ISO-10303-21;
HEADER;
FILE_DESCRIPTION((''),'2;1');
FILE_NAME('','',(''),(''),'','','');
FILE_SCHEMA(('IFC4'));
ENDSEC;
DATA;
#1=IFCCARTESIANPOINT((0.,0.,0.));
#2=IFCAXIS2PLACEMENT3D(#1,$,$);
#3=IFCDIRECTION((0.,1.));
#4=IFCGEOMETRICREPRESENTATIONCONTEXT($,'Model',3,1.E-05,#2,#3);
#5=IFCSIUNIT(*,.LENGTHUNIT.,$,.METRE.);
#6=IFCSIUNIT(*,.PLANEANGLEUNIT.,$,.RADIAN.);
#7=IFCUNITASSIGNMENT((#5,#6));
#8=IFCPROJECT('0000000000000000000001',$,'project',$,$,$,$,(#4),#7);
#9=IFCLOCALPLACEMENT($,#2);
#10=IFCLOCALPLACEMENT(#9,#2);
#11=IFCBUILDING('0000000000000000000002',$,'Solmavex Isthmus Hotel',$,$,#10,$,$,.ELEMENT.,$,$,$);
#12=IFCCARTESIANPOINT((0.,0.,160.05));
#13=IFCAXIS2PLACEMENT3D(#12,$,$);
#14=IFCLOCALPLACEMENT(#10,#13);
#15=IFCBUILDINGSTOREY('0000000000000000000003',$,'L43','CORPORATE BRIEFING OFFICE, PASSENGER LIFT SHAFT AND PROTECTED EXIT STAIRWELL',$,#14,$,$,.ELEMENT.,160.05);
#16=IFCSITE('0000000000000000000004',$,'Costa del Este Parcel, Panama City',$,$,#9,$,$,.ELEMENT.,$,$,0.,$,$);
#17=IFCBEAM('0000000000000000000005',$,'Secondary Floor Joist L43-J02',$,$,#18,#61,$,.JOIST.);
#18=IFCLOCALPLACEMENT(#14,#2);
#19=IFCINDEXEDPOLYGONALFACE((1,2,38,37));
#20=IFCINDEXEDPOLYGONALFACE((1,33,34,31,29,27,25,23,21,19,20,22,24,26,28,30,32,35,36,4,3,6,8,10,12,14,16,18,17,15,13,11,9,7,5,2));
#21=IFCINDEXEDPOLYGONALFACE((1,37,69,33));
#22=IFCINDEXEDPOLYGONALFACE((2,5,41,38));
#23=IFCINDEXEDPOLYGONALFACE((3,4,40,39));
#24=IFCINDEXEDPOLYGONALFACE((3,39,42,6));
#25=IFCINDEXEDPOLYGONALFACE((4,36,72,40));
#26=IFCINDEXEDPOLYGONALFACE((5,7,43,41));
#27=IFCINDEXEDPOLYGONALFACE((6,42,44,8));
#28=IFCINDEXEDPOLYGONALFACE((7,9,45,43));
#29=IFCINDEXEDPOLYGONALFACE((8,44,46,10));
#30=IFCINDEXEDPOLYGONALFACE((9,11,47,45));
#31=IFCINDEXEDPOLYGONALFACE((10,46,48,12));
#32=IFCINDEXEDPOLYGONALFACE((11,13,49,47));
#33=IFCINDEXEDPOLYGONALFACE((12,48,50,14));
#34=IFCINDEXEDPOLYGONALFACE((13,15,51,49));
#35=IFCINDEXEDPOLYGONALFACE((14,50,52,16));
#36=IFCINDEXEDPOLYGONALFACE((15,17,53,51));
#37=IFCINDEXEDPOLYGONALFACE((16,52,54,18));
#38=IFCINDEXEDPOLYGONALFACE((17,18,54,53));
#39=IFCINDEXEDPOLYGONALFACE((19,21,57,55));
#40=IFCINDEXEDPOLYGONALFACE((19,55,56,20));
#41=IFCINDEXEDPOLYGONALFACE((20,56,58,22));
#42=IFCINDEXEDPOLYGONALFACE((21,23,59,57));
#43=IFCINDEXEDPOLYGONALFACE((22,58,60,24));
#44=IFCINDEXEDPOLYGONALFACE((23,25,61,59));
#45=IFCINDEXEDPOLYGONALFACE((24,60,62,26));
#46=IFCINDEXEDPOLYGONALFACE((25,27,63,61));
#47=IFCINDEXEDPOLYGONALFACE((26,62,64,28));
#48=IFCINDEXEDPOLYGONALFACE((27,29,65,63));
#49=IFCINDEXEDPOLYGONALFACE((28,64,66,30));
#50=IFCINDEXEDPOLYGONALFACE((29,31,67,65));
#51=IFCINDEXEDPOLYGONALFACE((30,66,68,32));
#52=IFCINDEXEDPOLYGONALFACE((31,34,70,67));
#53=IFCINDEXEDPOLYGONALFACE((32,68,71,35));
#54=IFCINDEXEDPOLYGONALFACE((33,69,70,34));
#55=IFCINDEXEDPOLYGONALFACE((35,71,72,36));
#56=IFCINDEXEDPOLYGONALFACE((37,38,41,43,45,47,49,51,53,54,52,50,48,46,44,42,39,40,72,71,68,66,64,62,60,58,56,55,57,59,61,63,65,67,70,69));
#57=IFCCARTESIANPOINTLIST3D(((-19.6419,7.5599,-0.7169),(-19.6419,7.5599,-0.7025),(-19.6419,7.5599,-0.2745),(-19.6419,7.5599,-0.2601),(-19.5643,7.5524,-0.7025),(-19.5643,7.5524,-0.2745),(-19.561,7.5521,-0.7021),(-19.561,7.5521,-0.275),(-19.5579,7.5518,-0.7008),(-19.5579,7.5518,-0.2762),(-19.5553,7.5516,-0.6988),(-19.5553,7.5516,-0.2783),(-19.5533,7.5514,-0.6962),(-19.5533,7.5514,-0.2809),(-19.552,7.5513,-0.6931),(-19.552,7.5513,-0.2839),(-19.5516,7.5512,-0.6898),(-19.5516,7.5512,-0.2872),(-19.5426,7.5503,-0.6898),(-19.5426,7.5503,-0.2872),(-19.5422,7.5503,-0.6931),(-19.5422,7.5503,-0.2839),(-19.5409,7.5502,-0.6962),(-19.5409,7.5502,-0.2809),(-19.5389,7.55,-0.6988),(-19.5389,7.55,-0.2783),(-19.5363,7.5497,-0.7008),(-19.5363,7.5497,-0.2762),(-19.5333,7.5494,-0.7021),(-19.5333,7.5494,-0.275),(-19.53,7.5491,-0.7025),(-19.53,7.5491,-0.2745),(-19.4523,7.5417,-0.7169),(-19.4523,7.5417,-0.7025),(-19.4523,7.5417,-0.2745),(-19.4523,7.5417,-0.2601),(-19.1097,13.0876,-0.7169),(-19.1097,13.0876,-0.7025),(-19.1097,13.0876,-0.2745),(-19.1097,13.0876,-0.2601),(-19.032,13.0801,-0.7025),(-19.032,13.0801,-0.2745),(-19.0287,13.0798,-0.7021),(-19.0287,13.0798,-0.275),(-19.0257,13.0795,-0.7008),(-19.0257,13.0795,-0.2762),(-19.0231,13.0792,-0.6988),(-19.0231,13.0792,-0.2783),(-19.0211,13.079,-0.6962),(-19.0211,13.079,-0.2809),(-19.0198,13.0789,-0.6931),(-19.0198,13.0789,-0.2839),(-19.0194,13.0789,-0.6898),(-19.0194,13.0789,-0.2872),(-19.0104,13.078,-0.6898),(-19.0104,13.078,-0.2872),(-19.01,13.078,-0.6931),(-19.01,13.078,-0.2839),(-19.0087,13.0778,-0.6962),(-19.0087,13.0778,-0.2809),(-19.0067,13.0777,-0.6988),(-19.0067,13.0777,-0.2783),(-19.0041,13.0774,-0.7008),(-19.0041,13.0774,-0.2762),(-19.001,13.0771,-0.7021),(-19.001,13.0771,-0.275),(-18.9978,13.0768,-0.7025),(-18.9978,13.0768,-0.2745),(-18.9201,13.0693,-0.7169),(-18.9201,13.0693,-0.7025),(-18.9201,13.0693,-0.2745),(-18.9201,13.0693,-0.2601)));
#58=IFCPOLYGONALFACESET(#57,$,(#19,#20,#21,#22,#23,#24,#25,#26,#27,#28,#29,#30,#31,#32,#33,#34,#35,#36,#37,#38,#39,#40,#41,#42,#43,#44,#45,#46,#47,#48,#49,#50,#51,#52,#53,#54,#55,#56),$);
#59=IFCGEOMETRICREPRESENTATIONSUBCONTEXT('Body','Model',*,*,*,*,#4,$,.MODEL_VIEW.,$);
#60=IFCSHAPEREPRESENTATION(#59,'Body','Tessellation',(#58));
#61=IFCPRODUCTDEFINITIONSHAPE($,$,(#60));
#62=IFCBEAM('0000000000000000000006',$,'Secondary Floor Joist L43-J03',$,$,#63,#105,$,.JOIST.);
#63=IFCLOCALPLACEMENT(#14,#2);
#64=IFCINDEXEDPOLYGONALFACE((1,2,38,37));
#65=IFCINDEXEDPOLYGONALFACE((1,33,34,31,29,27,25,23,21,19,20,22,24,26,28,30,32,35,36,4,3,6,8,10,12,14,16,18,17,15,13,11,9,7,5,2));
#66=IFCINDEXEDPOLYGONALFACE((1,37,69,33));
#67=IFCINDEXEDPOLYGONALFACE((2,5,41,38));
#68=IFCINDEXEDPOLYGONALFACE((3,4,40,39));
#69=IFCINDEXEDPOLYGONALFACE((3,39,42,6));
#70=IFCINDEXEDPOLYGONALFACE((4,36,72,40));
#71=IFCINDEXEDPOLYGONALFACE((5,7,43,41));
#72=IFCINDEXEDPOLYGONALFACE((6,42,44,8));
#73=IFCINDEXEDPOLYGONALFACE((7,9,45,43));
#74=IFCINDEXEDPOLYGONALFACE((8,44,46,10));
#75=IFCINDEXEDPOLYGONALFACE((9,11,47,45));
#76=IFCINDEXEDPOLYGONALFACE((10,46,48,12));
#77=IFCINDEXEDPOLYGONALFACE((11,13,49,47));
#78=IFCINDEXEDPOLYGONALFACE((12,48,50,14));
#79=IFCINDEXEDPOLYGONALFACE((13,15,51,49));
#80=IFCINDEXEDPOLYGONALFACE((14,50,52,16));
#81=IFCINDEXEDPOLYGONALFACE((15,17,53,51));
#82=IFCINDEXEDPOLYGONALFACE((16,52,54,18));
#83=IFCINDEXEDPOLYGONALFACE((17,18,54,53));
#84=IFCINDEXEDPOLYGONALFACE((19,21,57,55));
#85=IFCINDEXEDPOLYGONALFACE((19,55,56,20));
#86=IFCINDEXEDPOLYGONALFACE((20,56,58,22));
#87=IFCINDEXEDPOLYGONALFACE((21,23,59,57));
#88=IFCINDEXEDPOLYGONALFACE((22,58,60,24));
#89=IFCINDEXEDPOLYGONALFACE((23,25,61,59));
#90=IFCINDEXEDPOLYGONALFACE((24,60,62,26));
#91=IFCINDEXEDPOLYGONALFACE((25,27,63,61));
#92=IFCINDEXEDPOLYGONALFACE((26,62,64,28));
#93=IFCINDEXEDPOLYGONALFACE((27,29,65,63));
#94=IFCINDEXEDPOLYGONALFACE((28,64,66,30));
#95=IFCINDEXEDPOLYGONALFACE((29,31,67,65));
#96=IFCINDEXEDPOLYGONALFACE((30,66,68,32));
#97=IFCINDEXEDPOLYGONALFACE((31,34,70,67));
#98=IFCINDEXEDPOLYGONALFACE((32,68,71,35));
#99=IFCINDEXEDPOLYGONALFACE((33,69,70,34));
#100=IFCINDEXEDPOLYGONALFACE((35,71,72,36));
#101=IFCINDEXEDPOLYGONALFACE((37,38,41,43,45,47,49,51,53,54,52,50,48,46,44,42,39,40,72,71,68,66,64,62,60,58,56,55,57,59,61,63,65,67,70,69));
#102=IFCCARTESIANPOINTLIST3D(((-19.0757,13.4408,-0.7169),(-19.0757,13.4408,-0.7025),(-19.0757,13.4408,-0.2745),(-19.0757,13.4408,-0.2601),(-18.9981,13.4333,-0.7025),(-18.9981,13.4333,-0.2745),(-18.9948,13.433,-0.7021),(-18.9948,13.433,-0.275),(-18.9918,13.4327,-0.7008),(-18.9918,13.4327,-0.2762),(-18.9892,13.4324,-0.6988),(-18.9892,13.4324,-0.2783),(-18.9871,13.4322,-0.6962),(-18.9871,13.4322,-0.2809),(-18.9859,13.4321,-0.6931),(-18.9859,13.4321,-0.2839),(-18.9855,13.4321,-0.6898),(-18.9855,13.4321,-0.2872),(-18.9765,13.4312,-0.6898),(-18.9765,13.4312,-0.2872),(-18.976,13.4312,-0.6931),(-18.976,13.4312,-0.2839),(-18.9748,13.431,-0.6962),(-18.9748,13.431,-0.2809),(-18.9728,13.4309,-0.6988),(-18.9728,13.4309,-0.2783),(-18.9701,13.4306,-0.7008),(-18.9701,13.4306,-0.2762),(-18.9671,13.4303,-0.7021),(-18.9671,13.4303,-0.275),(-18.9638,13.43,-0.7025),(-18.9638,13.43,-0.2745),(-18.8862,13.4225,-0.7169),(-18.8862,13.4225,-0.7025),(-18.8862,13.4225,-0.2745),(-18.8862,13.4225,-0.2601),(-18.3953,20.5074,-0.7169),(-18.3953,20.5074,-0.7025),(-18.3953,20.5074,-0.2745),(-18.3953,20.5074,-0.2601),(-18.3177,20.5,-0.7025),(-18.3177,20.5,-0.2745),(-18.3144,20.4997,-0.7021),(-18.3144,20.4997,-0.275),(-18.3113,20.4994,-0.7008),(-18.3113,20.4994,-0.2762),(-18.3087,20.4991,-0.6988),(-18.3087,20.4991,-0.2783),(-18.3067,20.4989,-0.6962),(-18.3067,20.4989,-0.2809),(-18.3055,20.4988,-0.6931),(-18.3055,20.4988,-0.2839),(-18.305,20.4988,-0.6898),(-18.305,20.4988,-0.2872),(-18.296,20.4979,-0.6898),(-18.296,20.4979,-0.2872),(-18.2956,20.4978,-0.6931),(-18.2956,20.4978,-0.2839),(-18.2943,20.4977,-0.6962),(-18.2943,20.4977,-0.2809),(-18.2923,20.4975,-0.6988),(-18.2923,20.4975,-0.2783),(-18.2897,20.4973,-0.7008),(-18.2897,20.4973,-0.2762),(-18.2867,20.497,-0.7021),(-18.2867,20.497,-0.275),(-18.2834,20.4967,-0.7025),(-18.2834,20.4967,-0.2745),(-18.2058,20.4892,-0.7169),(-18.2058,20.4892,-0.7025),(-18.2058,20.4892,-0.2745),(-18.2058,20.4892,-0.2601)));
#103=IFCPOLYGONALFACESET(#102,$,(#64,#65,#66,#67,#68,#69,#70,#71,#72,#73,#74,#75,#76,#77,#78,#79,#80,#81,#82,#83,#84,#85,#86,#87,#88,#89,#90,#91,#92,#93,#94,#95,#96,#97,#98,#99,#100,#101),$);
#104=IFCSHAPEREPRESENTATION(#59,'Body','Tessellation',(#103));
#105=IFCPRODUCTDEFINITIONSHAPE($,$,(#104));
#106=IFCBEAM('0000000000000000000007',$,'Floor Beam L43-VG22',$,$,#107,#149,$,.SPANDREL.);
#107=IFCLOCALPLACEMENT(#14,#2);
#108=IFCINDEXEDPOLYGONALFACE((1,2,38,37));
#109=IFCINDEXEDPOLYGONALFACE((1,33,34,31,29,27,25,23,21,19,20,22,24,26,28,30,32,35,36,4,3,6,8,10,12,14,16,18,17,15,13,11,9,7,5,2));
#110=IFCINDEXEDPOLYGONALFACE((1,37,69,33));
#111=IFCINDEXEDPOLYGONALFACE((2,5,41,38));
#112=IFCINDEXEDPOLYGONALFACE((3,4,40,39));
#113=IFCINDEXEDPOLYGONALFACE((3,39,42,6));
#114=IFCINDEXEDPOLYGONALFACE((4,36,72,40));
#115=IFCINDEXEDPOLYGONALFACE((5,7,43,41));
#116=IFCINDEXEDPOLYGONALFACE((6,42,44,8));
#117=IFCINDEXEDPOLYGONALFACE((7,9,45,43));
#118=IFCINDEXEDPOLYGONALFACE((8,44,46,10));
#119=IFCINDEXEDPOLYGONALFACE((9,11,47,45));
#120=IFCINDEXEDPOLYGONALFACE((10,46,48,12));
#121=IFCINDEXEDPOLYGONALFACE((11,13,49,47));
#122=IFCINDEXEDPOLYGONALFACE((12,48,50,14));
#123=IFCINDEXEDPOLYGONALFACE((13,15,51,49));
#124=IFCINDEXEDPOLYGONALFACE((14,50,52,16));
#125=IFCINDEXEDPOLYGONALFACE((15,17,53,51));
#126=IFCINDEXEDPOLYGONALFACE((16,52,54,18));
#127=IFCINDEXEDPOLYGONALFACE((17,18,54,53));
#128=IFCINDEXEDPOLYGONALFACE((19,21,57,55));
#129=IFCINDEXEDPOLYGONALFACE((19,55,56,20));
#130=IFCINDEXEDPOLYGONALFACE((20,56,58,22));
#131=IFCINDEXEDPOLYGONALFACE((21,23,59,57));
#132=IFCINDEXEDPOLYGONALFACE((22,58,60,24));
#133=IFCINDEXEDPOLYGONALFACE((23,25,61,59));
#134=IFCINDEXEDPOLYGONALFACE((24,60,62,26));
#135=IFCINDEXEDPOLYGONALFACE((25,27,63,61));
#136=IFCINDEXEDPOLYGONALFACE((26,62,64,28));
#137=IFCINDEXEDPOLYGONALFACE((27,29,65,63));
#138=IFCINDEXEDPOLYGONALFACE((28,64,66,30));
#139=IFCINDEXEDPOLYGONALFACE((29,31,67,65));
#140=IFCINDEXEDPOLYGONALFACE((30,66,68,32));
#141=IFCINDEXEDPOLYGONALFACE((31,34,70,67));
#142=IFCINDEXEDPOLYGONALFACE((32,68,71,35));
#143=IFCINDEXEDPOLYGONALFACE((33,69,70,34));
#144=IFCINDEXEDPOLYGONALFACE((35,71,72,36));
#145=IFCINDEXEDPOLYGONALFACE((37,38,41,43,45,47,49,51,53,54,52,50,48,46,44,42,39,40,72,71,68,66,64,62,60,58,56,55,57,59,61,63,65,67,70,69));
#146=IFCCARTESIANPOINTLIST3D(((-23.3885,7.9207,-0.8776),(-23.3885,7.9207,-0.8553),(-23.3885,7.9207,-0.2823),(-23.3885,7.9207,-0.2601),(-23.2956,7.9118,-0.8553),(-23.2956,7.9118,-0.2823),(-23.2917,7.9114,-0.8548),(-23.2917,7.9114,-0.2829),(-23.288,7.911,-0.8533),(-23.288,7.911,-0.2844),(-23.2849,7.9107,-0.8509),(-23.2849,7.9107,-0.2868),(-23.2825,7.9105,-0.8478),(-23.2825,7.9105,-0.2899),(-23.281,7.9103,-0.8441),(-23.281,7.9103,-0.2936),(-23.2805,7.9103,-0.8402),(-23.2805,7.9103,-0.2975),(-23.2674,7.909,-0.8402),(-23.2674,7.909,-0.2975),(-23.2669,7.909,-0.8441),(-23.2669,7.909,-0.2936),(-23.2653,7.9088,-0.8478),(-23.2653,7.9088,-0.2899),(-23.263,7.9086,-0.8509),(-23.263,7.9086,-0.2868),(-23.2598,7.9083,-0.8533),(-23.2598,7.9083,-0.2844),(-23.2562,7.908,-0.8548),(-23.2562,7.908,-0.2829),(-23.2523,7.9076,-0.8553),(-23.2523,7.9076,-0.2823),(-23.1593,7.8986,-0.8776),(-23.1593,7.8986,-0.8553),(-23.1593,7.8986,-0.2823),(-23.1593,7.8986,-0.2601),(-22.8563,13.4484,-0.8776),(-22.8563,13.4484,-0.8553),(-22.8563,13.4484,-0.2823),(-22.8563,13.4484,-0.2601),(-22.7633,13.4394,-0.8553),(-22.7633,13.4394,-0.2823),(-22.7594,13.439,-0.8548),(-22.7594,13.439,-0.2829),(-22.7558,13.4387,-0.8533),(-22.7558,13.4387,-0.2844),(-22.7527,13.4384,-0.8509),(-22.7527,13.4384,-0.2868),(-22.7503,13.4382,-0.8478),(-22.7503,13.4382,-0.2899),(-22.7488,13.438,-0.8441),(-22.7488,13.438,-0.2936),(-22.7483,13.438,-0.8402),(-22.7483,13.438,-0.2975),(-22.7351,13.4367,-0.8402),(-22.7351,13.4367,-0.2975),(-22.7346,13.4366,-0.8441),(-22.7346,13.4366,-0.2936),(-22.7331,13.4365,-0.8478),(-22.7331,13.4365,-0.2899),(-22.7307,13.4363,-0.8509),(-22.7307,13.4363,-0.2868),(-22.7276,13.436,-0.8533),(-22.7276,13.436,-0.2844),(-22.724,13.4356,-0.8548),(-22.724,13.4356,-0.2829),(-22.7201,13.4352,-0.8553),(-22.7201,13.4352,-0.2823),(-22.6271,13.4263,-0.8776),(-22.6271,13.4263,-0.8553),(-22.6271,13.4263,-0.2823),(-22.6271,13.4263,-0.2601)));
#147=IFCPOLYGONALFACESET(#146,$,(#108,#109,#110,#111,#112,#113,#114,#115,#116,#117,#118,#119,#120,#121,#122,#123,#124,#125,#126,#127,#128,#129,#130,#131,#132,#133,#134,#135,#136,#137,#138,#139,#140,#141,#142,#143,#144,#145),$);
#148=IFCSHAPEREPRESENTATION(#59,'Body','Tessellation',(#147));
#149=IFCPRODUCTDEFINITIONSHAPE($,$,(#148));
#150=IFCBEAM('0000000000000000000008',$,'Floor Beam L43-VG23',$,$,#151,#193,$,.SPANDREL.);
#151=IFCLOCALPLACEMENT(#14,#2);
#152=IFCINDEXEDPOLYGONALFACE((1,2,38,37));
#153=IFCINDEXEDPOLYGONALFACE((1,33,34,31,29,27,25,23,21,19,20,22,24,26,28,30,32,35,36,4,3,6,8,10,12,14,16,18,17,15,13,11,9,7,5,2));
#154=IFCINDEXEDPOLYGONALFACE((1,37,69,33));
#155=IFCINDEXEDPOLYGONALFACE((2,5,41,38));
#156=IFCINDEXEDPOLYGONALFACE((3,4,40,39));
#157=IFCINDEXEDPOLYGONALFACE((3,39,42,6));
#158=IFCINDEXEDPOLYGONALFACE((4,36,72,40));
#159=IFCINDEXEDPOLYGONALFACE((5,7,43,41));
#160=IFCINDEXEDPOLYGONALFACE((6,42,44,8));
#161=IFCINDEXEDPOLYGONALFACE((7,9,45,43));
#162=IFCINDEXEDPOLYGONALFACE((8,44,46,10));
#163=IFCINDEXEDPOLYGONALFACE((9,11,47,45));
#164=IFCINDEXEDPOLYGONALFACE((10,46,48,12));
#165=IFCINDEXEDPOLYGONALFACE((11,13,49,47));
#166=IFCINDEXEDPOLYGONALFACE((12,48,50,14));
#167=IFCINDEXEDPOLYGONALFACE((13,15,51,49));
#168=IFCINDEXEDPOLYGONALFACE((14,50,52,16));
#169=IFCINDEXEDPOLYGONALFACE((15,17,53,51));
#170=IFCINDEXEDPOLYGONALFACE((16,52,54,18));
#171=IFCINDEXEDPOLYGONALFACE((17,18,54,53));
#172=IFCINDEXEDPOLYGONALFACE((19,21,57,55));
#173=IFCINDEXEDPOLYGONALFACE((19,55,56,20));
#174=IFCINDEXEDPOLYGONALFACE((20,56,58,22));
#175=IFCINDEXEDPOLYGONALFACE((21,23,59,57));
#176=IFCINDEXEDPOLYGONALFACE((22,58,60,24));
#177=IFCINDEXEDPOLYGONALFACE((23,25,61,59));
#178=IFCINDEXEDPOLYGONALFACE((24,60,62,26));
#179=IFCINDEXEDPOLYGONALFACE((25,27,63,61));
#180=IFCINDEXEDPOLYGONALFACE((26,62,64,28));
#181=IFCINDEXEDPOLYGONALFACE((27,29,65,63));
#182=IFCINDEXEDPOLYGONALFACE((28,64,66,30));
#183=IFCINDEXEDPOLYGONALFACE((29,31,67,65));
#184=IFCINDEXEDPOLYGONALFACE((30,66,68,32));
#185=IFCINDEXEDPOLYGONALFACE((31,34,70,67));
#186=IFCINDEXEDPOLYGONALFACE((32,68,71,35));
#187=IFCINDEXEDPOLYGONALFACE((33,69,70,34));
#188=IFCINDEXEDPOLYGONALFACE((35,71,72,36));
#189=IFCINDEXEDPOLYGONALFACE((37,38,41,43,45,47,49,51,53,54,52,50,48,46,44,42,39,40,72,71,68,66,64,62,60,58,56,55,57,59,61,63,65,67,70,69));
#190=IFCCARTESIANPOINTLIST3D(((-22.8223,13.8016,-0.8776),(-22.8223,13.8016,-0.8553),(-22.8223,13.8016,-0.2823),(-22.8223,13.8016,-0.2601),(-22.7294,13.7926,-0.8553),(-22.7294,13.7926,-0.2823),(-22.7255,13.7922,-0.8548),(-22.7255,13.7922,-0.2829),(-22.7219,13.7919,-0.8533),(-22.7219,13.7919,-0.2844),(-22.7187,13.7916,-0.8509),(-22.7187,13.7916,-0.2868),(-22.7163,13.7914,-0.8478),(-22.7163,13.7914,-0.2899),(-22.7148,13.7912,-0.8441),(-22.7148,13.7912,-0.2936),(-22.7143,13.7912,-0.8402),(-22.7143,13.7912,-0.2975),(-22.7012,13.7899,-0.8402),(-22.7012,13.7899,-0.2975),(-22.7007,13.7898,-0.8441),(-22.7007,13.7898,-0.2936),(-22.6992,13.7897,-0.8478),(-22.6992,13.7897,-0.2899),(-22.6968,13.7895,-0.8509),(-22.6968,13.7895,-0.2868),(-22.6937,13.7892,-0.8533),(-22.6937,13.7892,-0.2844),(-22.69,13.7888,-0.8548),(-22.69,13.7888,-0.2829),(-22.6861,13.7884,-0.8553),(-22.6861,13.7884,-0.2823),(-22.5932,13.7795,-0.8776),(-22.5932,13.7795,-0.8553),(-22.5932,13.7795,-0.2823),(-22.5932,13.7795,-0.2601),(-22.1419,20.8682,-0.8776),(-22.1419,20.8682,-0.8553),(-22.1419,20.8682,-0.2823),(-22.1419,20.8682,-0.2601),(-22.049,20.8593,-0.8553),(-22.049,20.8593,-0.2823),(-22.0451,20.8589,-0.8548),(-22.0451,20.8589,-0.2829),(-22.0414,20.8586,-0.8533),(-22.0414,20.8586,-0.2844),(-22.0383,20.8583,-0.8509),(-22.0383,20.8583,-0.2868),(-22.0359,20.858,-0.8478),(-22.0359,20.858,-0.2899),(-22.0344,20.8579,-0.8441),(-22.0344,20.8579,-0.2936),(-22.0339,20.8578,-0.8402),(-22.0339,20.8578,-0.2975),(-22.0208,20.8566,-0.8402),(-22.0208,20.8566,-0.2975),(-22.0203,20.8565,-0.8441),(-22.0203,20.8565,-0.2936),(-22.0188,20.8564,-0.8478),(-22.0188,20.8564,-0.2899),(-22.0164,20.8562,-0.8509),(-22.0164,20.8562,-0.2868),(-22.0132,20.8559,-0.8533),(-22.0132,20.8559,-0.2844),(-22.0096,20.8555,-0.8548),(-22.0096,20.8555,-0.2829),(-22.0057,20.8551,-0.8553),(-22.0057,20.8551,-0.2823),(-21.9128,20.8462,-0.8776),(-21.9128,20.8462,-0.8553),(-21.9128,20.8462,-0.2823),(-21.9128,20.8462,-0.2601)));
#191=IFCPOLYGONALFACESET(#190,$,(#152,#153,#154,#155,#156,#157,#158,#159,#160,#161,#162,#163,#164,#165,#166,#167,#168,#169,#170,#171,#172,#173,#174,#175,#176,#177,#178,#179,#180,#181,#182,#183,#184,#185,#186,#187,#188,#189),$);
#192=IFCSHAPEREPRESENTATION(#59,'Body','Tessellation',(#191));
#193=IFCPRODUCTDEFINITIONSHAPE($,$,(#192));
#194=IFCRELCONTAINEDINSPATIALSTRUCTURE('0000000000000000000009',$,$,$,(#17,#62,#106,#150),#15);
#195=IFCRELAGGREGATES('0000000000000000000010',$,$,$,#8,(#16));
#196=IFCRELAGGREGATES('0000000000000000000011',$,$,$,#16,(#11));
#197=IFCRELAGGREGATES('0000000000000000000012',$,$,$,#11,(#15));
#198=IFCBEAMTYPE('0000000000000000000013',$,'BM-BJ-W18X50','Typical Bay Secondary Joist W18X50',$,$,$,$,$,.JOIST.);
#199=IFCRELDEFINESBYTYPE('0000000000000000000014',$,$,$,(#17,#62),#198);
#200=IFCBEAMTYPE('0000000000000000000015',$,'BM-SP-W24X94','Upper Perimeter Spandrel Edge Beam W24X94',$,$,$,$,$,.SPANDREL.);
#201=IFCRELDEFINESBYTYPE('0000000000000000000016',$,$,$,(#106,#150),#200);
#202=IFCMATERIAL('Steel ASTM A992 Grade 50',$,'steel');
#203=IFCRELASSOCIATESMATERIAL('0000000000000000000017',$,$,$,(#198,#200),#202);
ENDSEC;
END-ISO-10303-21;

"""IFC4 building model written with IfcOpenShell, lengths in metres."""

from ifc_helpers import new_model, si_unit, direction, frame, origin, origin_2d, place, context, subcontext, project, spatial, i_section, extrude, material, material_profile, profile_set, type_object, element, save


model = new_model("IFC4")

# Units and contexts
model_context = context("Model", 3, precision=1e-05, world=origin(), true_north=direction((0.0, 1.0)))
body_context = subcontext(model_context, "Body", "Model", "MODEL_VIEW")
ifc_project = project(units=[si_unit("LENGTHUNIT", "METRE"), si_unit("PLANEANGLEUNIT", "RADIAN")], contexts=[model_context])

# Site, building, storey
site_placement = place(None, origin())
site = spatial("IfcSite", under=ifc_project, at=site_placement, Name="Costa del Este Parcel, Panama City", CompositionType="ELEMENT", RefElevation=0.0)
building_placement = place(site_placement, origin())
building = spatial("IfcBuilding", under=site, at=building_placement, Name="Solmavex Isthmus Hotel", CompositionType="ELEMENT")
storey_placement = place(building_placement, frame((0.0, 0.0, 160.05)))
storey = spatial("IfcBuildingStorey", under=building, at=storey_placement, Name="L43", Description="CORPORATE BRIEFING OFFICE, PASSENGER LIFT SHAFT AND PROTECTED EXIT STAIRWELL", CompositionType="ELEMENT", Elevation=160.05)

# Beams
ifc_material_1 = material(Name="Steel ASTM A992 Grade 50", Category="steel")
ifc_material_profile_1 = material_profile(ifc_material_1, i_section(OverallWidth=0.1904, OverallDepth=0.4568, WebThickness=0.009, FlangeThickness=0.0144, FilletRadius=0.0127, at=origin_2d()), Name="W18X50")
ifc_profile_set_1 = profile_set([ifc_material_profile_1], Name="Steel ASTM A992 Grade 50")
beam_type_1 = type_object("IfcBeamType", Name="BM-BJ-W18X50", Description="Typical Bay Secondary Joist W18X50", PredefinedType="JOIST", material=ifc_profile_set_1)
beam_1_placement = place(storey_placement, frame((-19.5471, 7.5508, -0.4885), z_axis=(0.095842, 0.995397, 0.0), x_axis=(-0.995397, 0.095842, 0.0)))
element("IfcBeam", 1, at=beam_1_placement, inside=storey, type_object=beam_type_1, Name="Secondary Floor Joist L43-J02", PredefinedType="JOIST", context=body_context, shape_type="SweptSolid", body=[
    extrude(i_section(OverallWidth=0.1904, OverallDepth=0.4568, WebThickness=0.009, FlangeThickness=0.0144, FilletRadius=0.0127, at=origin_2d()), origin(), (0.0, 0.0, 1.0), 5.5532),
])
beam_2_placement = place(storey_placement, frame((-18.981, 13.4316, -0.4885), z_axis=(0.095843, 0.995396, 0.0), x_axis=(-0.995396, 0.095843, 0.0)))
element("IfcBeam", 2, at=beam_2_placement, inside=storey, type_object=beam_type_1, Name="Secondary Floor Joist L43-J03", PredefinedType="JOIST", context=body_context, shape_type="SweptSolid", body=[
    extrude(i_section(OverallWidth=0.1904, OverallDepth=0.4568, WebThickness=0.009, FlangeThickness=0.0144, FilletRadius=0.0127, at=origin_2d()), origin(), (0.0, 0.0, 1.0), 7.0994),
])
ifc_material_profile_2 = material_profile(ifc_material_1, i_section(OverallWidth=0.2302, OverallDepth=0.6174, WebThickness=0.0132, FlangeThickness=0.0222, FilletRadius=0.0151, at=origin_2d()), Name="W24X94")
ifc_profile_set_2 = profile_set([ifc_material_profile_2], Name="Steel ASTM A992 Grade 50")
beam_type_2 = type_object("IfcBeamType", Name="BM-SP-W24X94", Description="Upper Perimeter Spandrel Edge Beam W24X94", PredefinedType="SPANDREL", material=ifc_profile_set_2)
beam_3_placement = place(storey_placement, frame((-23.2739, 7.9097, -0.5688), z_axis=(0.095842, 0.995397, 0.0), x_axis=(-0.995397, 0.095842, 0.0)))
element("IfcBeam", 3, at=beam_3_placement, inside=storey, type_object=beam_type_2, Name="Floor Beam L43-VG22", PredefinedType="SPANDREL", context=body_context, shape_type="SweptSolid", body=[
    extrude(i_section(OverallWidth=0.2302, OverallDepth=0.6174, WebThickness=0.0132, FlangeThickness=0.0222, FilletRadius=0.0151, at=origin_2d()), origin(), (0.0, 0.0, 1.0), 5.5532),
])
beam_4_placement = place(storey_placement, frame((-22.7078, 13.7905, -0.5688), z_axis=(0.095843, 0.995396, 0.0), x_axis=(-0.995396, 0.095843, 0.0)))
element("IfcBeam", 4, at=beam_4_placement, inside=storey, type_object=beam_type_2, Name="Floor Beam L43-VG23", PredefinedType="SPANDREL", context=body_context, shape_type="SweptSolid", body=[
    extrude(i_section(OverallWidth=0.2302, OverallDepth=0.6174, WebThickness=0.0132, FlangeThickness=0.0222, FilletRadius=0.0151, at=origin_2d()), origin(), (0.0, 0.0, 1.0), 7.0994),
])

save(model, "model.ifc")
